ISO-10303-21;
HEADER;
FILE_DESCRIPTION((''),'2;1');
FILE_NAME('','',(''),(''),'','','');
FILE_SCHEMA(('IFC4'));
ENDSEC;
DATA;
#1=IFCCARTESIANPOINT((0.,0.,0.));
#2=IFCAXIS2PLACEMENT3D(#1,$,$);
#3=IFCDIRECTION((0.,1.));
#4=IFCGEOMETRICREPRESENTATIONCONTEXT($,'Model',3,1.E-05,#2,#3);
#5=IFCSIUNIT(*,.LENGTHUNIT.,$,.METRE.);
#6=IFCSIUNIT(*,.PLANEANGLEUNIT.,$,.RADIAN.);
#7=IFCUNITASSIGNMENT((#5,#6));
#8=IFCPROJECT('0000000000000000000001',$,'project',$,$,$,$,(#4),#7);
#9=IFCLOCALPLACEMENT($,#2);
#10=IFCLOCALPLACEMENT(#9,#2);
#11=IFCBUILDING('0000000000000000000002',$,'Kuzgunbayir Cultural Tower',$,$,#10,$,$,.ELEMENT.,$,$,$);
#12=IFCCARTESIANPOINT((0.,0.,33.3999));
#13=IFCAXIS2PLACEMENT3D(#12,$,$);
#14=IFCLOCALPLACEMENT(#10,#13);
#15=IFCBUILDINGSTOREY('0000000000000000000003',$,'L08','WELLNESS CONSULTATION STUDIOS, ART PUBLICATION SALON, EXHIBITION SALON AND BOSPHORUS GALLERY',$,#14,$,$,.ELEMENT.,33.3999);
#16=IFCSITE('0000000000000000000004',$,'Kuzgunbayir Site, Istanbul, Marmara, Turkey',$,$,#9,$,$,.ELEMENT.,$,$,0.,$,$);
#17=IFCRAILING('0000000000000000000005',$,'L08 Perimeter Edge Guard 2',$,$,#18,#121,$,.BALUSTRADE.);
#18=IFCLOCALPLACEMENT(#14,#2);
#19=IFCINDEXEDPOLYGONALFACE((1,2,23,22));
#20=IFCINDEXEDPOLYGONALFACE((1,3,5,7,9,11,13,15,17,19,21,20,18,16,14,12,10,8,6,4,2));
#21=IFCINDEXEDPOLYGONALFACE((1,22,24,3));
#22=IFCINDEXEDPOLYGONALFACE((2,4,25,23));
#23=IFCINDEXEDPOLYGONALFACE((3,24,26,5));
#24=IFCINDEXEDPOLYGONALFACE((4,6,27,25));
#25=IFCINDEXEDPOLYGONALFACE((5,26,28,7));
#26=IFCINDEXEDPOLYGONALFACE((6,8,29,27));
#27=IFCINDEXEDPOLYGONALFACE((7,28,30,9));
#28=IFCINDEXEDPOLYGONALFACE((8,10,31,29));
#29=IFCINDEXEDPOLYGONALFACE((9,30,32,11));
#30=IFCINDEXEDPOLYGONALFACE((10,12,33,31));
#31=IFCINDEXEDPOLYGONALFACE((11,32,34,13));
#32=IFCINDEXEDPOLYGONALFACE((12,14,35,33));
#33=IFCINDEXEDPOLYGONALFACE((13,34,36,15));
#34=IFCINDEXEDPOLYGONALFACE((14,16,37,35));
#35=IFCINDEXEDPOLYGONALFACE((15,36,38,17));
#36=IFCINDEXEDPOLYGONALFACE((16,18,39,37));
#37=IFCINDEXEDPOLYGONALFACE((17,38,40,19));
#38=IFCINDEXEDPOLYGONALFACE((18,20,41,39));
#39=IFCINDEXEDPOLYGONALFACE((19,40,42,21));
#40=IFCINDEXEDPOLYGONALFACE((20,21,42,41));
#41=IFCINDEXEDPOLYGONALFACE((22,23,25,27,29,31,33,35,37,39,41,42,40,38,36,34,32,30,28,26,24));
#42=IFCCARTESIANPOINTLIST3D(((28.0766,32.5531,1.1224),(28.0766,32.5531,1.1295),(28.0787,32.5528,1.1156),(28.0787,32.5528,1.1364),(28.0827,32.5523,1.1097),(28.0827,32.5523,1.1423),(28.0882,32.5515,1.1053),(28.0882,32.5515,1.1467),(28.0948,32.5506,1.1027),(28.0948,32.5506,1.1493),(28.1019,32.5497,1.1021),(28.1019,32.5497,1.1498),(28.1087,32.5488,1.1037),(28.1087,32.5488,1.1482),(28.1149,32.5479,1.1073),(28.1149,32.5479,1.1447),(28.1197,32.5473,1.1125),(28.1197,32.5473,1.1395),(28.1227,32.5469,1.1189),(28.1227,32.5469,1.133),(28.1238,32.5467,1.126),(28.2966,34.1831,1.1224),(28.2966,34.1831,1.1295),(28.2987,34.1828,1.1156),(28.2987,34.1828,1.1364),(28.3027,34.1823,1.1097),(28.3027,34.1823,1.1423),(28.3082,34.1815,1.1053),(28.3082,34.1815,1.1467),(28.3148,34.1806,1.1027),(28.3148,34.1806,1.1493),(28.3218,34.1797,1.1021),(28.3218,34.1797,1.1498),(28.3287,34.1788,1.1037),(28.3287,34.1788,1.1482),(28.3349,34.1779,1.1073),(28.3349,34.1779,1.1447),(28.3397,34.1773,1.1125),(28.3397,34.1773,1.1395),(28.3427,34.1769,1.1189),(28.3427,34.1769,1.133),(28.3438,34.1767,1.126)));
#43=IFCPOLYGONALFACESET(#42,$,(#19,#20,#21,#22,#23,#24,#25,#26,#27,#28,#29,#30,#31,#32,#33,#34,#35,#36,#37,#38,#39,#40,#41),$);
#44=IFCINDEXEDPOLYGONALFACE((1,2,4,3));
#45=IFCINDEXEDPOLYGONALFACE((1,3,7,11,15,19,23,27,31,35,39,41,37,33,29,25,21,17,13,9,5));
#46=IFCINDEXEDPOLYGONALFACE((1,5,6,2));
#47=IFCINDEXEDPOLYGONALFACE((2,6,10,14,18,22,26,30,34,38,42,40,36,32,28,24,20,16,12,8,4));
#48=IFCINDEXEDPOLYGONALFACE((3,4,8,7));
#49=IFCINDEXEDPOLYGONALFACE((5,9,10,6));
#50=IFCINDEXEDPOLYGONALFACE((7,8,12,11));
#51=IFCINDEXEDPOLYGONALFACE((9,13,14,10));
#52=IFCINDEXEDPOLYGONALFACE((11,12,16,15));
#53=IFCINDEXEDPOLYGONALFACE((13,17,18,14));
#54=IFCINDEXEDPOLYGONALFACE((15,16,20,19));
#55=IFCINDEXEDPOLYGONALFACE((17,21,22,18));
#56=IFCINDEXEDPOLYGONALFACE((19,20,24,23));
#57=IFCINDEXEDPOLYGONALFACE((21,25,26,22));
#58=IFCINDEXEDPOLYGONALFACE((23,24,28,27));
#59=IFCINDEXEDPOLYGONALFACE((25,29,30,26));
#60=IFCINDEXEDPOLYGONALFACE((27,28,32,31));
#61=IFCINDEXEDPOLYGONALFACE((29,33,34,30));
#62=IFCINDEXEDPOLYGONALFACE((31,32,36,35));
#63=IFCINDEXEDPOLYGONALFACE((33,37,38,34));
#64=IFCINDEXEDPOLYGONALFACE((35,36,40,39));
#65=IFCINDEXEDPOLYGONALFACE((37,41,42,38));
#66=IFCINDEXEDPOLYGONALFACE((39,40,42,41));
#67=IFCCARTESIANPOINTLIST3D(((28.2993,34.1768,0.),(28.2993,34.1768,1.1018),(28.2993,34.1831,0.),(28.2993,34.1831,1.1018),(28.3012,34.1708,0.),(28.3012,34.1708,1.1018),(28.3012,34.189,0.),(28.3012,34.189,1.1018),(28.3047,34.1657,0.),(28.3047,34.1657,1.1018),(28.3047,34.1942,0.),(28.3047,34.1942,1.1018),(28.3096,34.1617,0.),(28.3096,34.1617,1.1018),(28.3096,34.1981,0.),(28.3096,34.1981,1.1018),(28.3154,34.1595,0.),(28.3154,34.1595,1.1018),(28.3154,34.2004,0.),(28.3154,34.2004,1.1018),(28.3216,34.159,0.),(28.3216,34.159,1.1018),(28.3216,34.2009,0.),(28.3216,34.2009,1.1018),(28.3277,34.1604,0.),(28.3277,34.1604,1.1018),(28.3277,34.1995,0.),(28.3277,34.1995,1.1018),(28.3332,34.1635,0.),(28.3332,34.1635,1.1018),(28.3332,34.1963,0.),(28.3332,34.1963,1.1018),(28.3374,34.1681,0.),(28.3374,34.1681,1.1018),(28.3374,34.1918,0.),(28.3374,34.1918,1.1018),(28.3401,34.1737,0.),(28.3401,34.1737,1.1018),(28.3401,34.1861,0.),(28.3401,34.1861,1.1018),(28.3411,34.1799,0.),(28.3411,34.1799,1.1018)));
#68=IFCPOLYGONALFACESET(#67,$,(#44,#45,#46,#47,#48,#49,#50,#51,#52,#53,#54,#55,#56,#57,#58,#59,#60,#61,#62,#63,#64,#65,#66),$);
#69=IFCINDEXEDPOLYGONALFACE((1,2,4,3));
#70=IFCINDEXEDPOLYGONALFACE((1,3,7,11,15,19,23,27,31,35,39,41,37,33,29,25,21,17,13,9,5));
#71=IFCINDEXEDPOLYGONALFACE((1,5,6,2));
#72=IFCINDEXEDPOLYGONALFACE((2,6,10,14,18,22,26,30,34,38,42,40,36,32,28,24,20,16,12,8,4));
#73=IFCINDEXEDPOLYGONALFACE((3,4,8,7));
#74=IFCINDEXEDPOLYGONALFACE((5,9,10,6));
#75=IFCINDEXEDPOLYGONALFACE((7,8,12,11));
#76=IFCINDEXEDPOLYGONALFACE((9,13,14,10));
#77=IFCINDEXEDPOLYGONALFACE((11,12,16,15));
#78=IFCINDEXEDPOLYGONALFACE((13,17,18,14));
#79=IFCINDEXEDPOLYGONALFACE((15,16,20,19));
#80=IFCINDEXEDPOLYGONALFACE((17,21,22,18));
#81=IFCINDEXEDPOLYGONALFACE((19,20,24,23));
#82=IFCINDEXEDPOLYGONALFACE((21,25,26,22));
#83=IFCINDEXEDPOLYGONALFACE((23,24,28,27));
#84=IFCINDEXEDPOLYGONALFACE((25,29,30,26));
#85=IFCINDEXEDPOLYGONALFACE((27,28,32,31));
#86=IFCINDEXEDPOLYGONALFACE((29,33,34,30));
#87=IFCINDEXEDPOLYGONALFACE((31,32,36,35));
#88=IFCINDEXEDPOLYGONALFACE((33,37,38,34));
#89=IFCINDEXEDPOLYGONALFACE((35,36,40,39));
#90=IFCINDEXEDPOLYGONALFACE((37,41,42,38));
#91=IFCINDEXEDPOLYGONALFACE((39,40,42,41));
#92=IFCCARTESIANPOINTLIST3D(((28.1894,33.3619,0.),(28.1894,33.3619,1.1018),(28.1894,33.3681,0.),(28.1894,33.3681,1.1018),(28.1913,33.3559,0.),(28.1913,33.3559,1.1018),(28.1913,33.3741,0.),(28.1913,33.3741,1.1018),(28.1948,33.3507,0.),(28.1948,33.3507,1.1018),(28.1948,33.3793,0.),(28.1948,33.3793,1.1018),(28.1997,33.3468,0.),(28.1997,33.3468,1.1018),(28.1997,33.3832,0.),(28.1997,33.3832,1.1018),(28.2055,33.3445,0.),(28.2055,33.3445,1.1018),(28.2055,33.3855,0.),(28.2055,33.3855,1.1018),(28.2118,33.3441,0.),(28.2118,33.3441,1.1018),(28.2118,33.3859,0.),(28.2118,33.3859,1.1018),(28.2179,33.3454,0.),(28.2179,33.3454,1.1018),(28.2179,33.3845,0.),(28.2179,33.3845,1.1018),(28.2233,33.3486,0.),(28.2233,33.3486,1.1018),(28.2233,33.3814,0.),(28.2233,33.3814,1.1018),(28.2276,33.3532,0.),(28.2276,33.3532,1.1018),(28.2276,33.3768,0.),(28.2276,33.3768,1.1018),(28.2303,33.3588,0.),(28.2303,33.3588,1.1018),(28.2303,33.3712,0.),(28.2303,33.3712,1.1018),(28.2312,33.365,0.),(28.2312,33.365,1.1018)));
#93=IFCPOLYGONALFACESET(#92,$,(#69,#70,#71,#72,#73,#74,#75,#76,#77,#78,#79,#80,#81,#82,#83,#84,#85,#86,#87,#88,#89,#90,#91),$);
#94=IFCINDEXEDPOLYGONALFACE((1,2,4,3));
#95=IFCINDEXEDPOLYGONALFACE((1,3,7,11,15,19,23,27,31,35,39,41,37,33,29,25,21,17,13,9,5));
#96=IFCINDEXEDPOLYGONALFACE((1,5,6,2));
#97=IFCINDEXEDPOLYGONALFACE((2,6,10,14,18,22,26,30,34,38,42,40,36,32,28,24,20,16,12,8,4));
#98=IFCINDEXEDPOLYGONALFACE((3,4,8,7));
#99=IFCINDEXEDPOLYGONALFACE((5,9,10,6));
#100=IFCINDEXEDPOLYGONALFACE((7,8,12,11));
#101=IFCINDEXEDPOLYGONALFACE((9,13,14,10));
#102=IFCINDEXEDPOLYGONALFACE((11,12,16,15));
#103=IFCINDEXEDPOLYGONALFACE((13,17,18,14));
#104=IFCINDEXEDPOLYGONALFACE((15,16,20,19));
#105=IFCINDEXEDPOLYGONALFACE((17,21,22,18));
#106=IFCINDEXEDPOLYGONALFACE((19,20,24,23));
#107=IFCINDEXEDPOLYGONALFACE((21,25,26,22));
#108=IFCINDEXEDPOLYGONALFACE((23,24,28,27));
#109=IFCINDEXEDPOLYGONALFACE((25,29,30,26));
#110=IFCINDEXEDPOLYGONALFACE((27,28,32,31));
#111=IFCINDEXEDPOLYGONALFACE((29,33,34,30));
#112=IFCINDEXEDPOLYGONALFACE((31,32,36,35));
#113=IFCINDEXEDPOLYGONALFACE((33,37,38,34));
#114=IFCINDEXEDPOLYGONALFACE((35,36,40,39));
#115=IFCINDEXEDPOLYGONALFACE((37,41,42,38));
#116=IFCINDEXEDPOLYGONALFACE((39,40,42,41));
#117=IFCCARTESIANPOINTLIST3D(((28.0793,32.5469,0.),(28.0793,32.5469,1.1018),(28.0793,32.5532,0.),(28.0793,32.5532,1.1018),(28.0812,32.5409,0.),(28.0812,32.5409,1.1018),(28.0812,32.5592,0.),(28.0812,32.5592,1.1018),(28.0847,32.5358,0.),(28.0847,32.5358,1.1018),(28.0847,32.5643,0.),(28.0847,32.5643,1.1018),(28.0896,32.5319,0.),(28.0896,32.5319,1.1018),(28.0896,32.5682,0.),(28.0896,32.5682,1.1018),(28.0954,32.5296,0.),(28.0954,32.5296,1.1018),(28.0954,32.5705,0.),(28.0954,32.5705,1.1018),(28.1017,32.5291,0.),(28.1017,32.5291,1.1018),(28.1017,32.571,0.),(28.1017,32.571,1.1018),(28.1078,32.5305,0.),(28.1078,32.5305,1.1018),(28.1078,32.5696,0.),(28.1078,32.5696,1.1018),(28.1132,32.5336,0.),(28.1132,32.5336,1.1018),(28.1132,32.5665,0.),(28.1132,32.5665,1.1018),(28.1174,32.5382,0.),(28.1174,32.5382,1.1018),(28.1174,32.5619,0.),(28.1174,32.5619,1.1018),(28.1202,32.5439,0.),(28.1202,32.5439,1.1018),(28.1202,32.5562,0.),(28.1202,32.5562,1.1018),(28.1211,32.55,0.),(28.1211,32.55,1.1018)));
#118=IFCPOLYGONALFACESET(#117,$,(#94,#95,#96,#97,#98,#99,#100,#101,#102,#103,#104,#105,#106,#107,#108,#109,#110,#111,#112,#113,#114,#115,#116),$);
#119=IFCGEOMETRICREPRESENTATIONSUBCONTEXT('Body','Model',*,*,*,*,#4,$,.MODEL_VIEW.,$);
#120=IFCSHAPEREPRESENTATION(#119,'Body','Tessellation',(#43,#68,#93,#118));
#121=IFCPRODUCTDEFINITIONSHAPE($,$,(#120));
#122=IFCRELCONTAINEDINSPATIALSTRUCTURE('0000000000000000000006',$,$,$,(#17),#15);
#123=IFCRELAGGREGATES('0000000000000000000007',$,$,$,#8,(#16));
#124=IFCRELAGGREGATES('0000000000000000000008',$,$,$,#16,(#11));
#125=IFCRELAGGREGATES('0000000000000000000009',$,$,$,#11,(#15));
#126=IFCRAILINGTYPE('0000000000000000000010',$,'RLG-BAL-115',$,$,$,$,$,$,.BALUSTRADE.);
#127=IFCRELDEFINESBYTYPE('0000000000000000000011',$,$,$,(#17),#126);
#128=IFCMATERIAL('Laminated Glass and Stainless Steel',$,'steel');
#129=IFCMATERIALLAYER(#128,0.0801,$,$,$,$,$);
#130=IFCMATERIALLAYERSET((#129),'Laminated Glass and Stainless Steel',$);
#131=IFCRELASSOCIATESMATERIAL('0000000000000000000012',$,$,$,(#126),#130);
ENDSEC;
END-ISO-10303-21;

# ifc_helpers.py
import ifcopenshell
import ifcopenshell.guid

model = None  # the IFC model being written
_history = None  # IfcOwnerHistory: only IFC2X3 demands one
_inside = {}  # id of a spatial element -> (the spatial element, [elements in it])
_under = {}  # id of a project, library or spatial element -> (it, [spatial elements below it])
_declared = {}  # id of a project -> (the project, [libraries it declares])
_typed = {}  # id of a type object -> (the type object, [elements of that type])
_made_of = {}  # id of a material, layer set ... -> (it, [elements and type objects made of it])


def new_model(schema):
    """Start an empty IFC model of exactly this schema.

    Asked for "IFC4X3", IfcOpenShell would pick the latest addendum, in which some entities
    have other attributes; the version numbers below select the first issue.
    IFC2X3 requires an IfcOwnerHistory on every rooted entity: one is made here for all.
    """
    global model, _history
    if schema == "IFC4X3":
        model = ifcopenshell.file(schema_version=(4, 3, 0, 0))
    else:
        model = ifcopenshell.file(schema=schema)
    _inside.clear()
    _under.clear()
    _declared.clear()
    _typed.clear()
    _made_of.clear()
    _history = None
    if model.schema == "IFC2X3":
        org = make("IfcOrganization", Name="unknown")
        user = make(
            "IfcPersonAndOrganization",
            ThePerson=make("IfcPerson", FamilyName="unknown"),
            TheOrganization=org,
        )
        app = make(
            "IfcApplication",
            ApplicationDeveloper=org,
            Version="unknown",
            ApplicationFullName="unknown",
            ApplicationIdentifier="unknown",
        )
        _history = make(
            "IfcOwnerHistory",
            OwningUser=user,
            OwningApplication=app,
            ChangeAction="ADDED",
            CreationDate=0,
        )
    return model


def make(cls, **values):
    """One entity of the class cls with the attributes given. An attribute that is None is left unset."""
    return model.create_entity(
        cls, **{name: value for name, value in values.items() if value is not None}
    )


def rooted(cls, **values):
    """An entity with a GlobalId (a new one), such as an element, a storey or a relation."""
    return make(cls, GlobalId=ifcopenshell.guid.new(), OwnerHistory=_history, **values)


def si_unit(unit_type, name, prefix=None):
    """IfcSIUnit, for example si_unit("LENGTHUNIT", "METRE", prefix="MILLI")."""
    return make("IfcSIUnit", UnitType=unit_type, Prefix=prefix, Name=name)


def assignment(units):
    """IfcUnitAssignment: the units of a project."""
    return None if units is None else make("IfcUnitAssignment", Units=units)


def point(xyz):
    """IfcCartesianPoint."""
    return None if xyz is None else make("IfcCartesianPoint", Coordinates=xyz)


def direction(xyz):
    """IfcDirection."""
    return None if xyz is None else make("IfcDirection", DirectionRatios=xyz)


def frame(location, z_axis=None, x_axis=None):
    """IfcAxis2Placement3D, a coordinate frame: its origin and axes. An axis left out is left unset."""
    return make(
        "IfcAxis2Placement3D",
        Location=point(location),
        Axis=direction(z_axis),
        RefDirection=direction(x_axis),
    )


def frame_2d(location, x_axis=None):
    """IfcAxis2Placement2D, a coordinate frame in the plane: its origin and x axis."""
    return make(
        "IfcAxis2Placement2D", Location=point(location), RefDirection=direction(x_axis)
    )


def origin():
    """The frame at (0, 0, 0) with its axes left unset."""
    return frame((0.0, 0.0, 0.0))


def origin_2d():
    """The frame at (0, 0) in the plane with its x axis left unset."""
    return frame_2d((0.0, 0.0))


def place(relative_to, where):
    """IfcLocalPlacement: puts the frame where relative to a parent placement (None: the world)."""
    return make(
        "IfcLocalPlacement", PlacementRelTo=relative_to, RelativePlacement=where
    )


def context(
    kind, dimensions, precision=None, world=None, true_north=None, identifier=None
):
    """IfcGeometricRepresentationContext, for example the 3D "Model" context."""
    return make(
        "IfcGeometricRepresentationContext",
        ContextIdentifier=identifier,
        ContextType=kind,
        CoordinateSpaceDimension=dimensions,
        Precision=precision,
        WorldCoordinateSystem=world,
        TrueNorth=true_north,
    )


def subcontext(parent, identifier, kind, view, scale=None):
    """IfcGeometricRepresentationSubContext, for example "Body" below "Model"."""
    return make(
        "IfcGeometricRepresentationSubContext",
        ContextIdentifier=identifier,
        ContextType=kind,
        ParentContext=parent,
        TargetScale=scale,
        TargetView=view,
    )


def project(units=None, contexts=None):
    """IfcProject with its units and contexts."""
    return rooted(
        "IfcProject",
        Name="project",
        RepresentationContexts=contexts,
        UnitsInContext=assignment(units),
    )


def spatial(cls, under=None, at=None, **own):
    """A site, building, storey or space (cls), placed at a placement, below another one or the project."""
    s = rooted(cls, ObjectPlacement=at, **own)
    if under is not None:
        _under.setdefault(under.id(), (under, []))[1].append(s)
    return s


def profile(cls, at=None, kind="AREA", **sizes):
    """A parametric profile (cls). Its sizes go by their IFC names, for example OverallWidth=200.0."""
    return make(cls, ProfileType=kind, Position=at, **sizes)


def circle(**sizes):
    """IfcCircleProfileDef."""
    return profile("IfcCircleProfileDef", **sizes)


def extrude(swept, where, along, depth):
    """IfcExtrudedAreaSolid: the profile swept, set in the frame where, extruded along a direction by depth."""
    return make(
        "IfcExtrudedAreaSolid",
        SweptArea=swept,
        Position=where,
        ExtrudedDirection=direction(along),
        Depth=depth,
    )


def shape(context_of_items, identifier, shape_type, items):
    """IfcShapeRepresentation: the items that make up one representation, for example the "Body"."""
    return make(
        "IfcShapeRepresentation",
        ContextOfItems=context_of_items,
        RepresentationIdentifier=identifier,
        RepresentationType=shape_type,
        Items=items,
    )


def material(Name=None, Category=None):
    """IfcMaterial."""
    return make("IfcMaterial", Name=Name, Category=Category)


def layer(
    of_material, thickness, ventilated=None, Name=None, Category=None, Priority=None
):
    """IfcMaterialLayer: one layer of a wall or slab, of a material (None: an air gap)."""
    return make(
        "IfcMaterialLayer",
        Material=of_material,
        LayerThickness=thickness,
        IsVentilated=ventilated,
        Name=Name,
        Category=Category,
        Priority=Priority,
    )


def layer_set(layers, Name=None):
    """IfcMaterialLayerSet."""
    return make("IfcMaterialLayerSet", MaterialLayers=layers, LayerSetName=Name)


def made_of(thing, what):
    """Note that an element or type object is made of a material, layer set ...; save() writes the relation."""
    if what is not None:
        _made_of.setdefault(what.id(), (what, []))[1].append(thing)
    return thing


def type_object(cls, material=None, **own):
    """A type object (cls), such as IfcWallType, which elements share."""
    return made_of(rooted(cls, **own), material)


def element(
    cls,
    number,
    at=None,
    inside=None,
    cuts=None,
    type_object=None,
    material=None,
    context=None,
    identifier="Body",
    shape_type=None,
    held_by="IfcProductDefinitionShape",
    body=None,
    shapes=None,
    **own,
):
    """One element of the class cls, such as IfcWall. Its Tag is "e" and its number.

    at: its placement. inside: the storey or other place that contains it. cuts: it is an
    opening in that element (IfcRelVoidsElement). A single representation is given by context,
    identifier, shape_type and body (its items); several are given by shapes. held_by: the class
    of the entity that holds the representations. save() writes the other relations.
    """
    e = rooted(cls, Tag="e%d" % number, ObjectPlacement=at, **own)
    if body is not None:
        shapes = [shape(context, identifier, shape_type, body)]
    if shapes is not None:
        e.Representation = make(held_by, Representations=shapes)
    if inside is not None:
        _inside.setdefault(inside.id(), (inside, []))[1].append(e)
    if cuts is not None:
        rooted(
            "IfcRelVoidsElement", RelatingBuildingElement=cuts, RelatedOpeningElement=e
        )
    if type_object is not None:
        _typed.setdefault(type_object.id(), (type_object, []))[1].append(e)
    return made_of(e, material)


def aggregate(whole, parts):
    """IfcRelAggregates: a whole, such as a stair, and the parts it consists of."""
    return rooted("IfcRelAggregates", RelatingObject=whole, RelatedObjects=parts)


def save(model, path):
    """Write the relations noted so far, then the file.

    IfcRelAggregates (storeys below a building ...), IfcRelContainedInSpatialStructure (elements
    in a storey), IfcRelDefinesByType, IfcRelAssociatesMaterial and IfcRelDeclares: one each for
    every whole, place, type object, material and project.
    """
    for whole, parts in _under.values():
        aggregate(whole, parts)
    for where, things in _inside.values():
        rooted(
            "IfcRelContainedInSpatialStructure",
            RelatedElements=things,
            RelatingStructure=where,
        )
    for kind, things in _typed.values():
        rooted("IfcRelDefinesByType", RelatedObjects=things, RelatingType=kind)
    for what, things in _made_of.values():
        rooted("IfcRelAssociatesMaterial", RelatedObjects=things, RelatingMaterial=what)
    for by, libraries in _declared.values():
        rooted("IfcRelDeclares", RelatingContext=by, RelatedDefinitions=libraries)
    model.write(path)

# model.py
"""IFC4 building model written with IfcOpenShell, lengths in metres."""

from ifc_helpers import new_model, si_unit, direction, frame, origin, origin_2d, place, context, subcontext, project, spatial, circle, extrude, material, layer, layer_set, type_object, element, save


model = new_model("IFC4")

# Units and contexts
model_context = context("Model", 3, precision=1e-05, world=origin(), true_north=direction((0.0, 1.0)))
body_context = subcontext(model_context, "Body", "Model", "MODEL_VIEW")
ifc_project = project(units=[si_unit("LENGTHUNIT", "METRE"), si_unit("PLANEANGLEUNIT", "RADIAN")], contexts=[model_context])

# Site, building, storey
site_placement = place(None, origin())
site = spatial("IfcSite", under=ifc_project, at=site_placement, Name="Kuzgunbayir Site, Istanbul, Marmara, Turkey", CompositionType="ELEMENT", RefElevation=0.0)
building_placement = place(site_placement, origin())
building = spatial("IfcBuilding", under=site, at=building_placement, Name="Kuzgunbayir Cultural Tower", CompositionType="ELEMENT")
storey_placement = place(building_placement, frame((0.0, 0.0, 33.3999)))
storey = spatial("IfcBuildingStorey", under=building, at=storey_placement, Name="L08", Description="WELLNESS CONSULTATION STUDIOS, ART PUBLICATION SALON, EXHIBITION SALON AND BOSPHORUS GALLERY", CompositionType="ELEMENT", Elevation=33.3999)

# Railing
ifc_material_1 = material(Name="Laminated Glass and Stainless Steel", Category="steel")
ifc_layer_1 = layer(ifc_material_1, 0.0801)
ifc_layer_set_1 = layer_set([ifc_layer_1], Name="Laminated Glass and Stainless Steel")
railing_type = type_object("IfcRailingType", Name="RLG-BAL-115", PredefinedType="BALUSTRADE", material=ifc_layer_set_1)
railing_1_placement = place(storey_placement, frame((28.3201, 34.1799, 0.0)))
element("IfcRailing", 1, at=railing_1_placement, inside=storey, type_object=railing_type, Name="L08 Perimeter Edge Guard 2", PredefinedType="BALUSTRADE", context=body_context, shape_type="SweptSolid", body=[
    extrude(circle(Radius=0.0239, at=origin_2d()), frame((0.0, 0.0, 1.126), z_axis=(-0.133748, -0.991015, 0.0), x_axis=(0.991015, -0.133748, 0.0)), (0.0, 0.0, 1.0), 1.6448),
    extrude(circle(Radius=0.021, at=origin_2d()), origin(), (0.0, 0.0, 1.0), 1.1018),
    extrude(circle(Radius=0.021, at=origin_2d()), frame((-0.1099, -0.8149, 0.0)), (0.0, 0.0, 1.0), 1.1018),
    extrude(circle(Radius=0.021, at=origin_2d()), frame((-0.22, -1.6299, 0.0)), (0.0, 0.0, 1.0), 1.1018),
])

save(model, "model.ifc")
